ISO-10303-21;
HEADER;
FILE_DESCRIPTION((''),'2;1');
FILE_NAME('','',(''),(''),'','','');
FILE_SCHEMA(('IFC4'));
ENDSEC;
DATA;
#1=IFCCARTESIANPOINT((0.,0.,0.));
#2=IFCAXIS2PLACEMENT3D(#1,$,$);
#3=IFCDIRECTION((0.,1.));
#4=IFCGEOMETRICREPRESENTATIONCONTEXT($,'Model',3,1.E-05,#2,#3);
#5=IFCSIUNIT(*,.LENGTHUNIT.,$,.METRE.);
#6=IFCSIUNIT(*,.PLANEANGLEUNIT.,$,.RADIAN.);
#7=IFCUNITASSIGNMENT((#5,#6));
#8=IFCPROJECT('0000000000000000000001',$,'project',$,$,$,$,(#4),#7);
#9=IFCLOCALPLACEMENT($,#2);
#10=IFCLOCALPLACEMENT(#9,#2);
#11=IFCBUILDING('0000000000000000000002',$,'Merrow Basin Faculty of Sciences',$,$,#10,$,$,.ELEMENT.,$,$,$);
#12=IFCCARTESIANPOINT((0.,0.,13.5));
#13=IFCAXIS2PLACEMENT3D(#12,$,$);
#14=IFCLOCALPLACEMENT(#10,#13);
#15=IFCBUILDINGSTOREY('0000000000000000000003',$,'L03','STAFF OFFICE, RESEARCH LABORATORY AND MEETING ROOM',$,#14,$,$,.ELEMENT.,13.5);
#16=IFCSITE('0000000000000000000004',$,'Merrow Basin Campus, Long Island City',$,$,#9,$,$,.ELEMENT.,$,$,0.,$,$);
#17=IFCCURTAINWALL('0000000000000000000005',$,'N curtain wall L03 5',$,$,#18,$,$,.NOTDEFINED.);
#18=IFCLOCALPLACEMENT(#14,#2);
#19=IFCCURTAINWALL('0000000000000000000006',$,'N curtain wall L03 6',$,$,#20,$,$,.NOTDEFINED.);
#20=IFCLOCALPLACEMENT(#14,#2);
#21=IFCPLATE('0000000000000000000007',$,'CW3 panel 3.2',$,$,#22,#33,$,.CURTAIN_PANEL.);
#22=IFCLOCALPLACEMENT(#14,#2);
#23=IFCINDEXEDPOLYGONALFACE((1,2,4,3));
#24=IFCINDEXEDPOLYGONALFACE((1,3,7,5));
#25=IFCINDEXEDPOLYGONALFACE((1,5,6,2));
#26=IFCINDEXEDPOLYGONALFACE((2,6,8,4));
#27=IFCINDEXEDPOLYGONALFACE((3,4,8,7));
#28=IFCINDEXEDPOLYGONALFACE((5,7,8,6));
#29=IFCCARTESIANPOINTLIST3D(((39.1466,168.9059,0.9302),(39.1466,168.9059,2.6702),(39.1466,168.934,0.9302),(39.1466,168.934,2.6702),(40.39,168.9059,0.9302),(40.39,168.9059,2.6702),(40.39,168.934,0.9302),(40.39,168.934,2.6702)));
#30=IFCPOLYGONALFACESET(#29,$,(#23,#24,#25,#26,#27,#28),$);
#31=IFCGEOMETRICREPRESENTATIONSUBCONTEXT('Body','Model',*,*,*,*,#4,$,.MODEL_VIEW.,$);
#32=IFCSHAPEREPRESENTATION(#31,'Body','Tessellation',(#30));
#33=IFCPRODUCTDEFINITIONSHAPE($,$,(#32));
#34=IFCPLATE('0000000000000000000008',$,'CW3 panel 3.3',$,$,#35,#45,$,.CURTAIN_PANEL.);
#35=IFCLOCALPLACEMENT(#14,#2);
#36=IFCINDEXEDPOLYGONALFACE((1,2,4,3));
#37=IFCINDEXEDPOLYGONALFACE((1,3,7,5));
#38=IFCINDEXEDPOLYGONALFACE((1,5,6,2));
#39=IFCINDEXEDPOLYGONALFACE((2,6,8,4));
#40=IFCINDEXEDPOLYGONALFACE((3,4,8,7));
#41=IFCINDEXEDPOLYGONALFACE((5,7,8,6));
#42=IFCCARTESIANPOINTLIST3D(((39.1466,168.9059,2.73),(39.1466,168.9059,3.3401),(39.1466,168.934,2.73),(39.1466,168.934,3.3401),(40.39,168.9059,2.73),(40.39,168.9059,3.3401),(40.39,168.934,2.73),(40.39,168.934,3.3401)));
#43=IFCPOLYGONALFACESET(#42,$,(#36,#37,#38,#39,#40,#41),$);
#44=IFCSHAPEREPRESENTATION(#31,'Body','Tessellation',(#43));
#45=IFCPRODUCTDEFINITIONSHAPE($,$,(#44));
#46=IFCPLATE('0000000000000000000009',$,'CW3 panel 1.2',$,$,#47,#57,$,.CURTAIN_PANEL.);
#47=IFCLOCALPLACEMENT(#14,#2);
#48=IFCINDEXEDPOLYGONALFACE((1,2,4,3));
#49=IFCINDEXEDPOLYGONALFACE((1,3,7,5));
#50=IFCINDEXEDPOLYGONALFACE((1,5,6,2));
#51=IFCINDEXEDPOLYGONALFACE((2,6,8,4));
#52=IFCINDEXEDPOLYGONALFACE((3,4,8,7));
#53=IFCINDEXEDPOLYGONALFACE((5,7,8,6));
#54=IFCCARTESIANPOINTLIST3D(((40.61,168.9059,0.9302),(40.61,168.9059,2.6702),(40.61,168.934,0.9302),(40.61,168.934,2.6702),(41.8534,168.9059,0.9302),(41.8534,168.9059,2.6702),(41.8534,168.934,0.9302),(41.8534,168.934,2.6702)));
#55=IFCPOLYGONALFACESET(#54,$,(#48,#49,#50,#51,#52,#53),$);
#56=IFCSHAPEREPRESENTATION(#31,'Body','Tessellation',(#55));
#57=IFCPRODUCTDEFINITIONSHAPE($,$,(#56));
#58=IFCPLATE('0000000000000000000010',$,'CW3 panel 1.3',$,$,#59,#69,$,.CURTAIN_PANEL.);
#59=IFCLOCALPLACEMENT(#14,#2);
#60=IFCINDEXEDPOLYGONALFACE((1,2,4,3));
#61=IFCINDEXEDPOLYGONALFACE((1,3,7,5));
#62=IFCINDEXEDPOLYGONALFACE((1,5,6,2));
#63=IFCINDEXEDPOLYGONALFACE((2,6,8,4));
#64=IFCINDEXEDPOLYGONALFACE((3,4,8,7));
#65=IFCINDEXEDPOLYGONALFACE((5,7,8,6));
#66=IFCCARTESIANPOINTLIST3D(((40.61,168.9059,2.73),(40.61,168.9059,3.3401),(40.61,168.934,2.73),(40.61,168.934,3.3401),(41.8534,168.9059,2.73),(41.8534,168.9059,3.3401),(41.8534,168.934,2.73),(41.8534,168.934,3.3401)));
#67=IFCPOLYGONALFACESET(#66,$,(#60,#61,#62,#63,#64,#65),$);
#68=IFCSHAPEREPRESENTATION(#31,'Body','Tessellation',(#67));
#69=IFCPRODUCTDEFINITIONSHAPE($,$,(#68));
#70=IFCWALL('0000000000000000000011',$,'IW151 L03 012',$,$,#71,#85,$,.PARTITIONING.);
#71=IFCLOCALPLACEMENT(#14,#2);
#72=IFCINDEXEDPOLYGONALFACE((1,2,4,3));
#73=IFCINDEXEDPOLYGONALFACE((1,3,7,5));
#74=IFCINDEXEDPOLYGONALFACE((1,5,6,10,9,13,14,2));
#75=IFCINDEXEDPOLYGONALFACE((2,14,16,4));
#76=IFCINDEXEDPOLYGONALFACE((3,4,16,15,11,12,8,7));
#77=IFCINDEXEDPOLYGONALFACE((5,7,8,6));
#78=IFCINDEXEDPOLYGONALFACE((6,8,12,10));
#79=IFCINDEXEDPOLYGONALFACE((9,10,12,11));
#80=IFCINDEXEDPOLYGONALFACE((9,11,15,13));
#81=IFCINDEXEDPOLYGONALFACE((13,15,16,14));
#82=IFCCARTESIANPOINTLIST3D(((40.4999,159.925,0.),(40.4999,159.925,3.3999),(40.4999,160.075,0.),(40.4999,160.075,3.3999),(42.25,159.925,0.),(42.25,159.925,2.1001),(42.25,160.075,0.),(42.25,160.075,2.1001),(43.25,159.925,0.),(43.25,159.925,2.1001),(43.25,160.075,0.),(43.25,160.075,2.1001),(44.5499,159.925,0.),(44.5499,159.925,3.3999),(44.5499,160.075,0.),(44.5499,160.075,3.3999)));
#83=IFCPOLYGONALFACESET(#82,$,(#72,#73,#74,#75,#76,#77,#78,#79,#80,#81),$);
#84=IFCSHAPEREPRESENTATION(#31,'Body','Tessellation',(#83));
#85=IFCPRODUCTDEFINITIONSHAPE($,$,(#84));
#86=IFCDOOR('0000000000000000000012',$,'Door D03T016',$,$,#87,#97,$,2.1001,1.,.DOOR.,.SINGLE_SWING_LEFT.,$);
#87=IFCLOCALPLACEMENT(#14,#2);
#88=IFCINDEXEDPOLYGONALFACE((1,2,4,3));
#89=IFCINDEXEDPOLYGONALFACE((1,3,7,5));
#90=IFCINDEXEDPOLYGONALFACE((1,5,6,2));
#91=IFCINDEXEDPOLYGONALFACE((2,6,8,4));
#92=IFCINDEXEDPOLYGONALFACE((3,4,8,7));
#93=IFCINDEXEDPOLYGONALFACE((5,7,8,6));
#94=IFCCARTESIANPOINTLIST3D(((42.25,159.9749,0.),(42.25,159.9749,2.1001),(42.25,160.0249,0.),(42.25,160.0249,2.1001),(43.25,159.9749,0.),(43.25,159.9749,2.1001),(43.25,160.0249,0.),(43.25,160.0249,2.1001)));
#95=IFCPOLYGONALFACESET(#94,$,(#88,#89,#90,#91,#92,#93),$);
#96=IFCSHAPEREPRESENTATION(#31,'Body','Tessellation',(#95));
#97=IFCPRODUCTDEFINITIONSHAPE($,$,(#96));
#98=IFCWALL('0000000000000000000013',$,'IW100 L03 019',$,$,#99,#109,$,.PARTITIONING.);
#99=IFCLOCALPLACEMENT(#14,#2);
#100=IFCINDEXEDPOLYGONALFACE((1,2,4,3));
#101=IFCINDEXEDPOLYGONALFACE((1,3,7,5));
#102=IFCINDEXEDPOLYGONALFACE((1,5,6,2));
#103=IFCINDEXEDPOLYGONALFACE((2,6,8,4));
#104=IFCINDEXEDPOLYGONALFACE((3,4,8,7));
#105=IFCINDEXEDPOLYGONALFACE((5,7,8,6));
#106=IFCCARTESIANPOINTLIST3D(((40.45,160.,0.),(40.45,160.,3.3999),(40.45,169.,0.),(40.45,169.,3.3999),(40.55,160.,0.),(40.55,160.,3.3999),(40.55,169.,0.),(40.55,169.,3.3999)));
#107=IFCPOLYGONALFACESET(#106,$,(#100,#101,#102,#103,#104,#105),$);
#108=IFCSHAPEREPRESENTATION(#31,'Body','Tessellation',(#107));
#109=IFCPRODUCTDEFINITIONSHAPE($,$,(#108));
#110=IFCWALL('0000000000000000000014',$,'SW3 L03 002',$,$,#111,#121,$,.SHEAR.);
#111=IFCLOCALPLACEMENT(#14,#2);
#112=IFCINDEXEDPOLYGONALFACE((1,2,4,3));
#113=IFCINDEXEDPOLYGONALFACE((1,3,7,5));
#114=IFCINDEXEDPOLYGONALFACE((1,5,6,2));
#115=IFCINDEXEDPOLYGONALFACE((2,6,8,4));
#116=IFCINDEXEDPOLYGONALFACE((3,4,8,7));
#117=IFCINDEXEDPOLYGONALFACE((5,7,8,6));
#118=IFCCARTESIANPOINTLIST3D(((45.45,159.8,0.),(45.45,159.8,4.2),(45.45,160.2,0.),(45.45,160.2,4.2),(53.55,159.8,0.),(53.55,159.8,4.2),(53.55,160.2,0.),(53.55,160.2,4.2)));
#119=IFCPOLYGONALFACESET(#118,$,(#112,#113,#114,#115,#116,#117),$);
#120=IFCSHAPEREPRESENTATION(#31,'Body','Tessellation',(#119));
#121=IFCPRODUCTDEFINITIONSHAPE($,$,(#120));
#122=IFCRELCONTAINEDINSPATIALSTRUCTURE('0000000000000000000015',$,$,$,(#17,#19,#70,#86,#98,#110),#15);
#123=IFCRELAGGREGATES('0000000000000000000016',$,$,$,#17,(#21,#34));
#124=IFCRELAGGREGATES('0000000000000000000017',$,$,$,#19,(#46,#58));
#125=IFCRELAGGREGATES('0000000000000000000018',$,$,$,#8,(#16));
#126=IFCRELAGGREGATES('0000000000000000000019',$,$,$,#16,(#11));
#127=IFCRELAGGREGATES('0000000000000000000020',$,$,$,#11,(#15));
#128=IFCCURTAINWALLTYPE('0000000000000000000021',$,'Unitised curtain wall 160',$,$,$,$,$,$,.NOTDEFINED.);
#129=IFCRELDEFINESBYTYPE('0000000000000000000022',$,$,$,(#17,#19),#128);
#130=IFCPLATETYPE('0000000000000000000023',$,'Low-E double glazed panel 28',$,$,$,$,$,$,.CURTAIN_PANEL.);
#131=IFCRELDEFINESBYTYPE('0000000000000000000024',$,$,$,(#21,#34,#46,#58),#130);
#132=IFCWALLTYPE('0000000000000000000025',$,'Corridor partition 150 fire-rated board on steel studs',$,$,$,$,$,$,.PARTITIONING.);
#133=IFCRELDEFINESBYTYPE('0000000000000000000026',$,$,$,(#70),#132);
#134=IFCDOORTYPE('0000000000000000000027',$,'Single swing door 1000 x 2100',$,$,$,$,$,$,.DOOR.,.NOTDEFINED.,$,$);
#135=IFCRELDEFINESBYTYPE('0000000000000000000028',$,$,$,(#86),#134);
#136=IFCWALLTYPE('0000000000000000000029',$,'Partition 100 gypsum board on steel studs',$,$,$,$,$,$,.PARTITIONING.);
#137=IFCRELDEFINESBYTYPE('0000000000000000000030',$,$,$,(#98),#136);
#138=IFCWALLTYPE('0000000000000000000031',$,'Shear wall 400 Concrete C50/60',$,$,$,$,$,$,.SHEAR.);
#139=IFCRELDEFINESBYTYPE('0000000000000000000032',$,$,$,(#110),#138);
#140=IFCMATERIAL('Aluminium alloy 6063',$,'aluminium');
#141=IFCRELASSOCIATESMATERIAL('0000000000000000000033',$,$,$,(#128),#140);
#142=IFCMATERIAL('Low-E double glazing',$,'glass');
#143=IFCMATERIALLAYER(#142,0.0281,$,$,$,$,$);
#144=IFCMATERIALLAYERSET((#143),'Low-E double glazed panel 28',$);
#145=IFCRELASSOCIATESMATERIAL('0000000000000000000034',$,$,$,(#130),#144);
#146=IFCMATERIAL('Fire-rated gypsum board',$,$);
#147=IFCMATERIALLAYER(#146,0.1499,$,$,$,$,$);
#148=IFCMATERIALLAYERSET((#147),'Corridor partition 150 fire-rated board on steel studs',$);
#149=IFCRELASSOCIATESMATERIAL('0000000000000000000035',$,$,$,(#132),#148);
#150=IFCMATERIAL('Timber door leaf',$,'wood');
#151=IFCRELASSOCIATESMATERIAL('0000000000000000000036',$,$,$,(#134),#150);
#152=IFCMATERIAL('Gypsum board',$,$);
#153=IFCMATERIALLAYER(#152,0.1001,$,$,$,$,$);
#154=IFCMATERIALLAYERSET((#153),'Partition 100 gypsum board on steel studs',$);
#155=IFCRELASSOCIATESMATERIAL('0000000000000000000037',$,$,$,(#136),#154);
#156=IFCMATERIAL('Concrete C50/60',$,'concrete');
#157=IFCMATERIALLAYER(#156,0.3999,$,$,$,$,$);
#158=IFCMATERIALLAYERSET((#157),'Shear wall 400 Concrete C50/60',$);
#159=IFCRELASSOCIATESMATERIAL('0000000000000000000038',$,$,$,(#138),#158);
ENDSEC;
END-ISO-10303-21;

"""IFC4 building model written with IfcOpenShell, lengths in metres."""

from ifc_helpers import new_model, si_unit, direction, frame, frame_2d, origin, origin_2d, place, context, subcontext, project, spatial, rectangle, extrude, material, layer, layer_set, type_object, element, fill, aggregate, save


model = new_model("IFC4")

# Units and contexts
model_context = context("Model", 3, precision=1e-05, world=origin(), true_north=direction((0.0, 1.0)))
body_context = subcontext(model_context, "Body", "Model", "MODEL_VIEW")
ifc_project = project(units=[si_unit("LENGTHUNIT", "METRE"), si_unit("PLANEANGLEUNIT", "RADIAN")], contexts=[model_context])

# Site, building, storey
site_placement = place(None, origin())
site = spatial("IfcSite", under=ifc_project, at=site_placement, Name="Merrow Basin Campus, Long Island City", CompositionType="ELEMENT", RefElevation=0.0)
building_placement = place(site_placement, origin())
building = spatial("IfcBuilding", under=site, at=building_placement, Name="Merrow Basin Faculty of Sciences", CompositionType="ELEMENT")
storey_placement = place(building_placement, frame((0.0, 0.0, 13.5)))
storey = spatial("IfcBuildingStorey", under=building, at=storey_placement, Name="L03", Description="STAFF OFFICE, RESEARCH LABORATORY AND MEETING ROOM", CompositionType="ELEMENT", Elevation=13.5)

# Curtain walls
ifc_material_1 = material(Name="Aluminium alloy 6063", Category="aluminium")
curtain_wall_type = type_object("IfcCurtainWallType", Name="Unitised curtain wall 160", PredefinedType="NOTDEFINED", material=ifc_material_1)
curtain_wall_1_placement = place(storey_placement, origin())
curtain_wall_1 = element("IfcCurtainWall", 1, at=curtain_wall_1_placement, inside=storey, type_object=curtain_wall_type, Name="N curtain wall L03 5", PredefinedType="NOTDEFINED")
curtain_wall_2_placement = place(storey_placement, origin())
curtain_wall_2 = element("IfcCurtainWall", 2, at=curtain_wall_2_placement, inside=storey, type_object=curtain_wall_type, Name="N curtain wall L03 6", PredefinedType="NOTDEFINED")

# Plates
ifc_material_2 = material(Name="Low-E double glazing", Category="glass")
ifc_layer_1 = layer(ifc_material_2, 0.0281)
ifc_layer_set_1 = layer_set([ifc_layer_1], Name="Low-E double glazed panel 28")
plate_type_1 = type_object("IfcPlateType", Name="Low-E double glazed panel 28", PredefinedType="CURTAIN_PANEL", material=ifc_layer_set_1)
plate_1_placement = place(storey_placement, frame((39.7683, 168.9199, 0.9302), z_axis=(0.0, 0.0, 1.0), x_axis=(1.0, 0.0, 0.0)))
plate_1 = element("IfcPlate", 3, at=plate_1_placement, type_object=plate_type_1, Name="CW3 panel 3.2", PredefinedType="CURTAIN_PANEL", context=body_context, shape_type="SweptSolid", body=[
    extrude(rectangle(XDim=1.2434, YDim=0.0281, at=origin_2d()), origin(), (0.0, 0.0, 1.0), 1.74),
])
plate_2_placement = place(storey_placement, frame((39.7683, 168.9199, 2.73), z_axis=(0.0, 0.0, 1.0), x_axis=(1.0, 0.0, 0.0)))
plate_2 = element("IfcPlate", 4, at=plate_2_placement, type_object=plate_type_1, Name="CW3 panel 3.3", PredefinedType="CURTAIN_PANEL", context=body_context, shape_type="SweptSolid", body=[
    extrude(rectangle(XDim=1.2434, YDim=0.0281, at=origin_2d()), origin(), (0.0, 0.0, 1.0), 0.6101),
])
aggregate(curtain_wall_1, [plate_1, plate_2])
plate_3_placement = place(storey_placement, frame((41.2317, 168.9199, 0.9302), z_axis=(0.0, 0.0, 1.0), x_axis=(1.0, 0.0, 0.0)))
plate_3 = element("IfcPlate", 5, at=plate_3_placement, type_object=plate_type_1, Name="CW3 panel 1.2", PredefinedType="CURTAIN_PANEL", context=body_context, shape_type="SweptSolid", body=[
    extrude(rectangle(XDim=1.2434, YDim=0.0281, at=origin_2d()), origin(), (0.0, 0.0, 1.0), 1.74),
])
plate_4_placement = place(storey_placement, frame((41.2317, 168.9199, 2.73), z_axis=(0.0, 0.0, 1.0), x_axis=(1.0, 0.0, 0.0)))
plate_4 = element("IfcPlate", 6, at=plate_4_placement, type_object=plate_type_1, Name="CW3 panel 1.3", PredefinedType="CURTAIN_PANEL", context=body_context, shape_type="SweptSolid", body=[
    extrude(rectangle(XDim=1.2434, YDim=0.0281, at=origin_2d()), origin(), (0.0, 0.0, 1.0), 0.6101),
])
aggregate(curtain_wall_2, [plate_3, plate_4])

# Wall, opening, door
ifc_material_3 = material(Name="Fire-rated gypsum board")
ifc_layer_2 = layer(ifc_material_3, 0.1499)
ifc_layer_set_2 = layer_set([ifc_layer_2], Name="Corridor partition 150 fire-rated board on steel studs")
wall_type_1 = type_object("IfcWallType", Name="Corridor partition 150 fire-rated board on steel studs", PredefinedType="PARTITIONING", material=ifc_layer_set_2)
wall_1_placement = place(storey_placement, frame((40.5, 160.0, 0.0), z_axis=(0.0, 0.0, 1.0), x_axis=(1.0, 0.0, 0.0)))
wall_1 = element("IfcWall", 7, at=wall_1_placement, inside=storey, type_object=wall_type_1, Name="IW151 L03 012", PredefinedType="PARTITIONING", context=body_context, shape_type="SweptSolid", body=[
    extrude(rectangle(XDim=4.05, YDim=0.1499, at=frame_2d((2.0249, 0.0))), origin(), (0.0, 0.0, 1.0), 3.3999),
])
opening_placement = place(wall_1_placement, frame((1.75, 0.0, 0.0)))
opening = element("IfcOpeningElement", 8, at=opening_placement, cuts=wall_1, PredefinedType="OPENING", context=body_context, shape_type="SweptSolid", body=[
    extrude(rectangle(XDim=1.0, YDim=2.1001, at=frame_2d((0.5, 1.05))), frame((0.0, 0.085, 0.0), z_axis=(0.0, -1.0, 0.0), x_axis=(1.0, 0.0, 0.0)), (0.0, 0.0, 1.0), 0.1699),
])
ifc_material_4 = material(Name="Timber door leaf", Category="wood")
door_type = type_object("IfcDoorType", Name="Single swing door 1000 x 2100", OperationType="NOTDEFINED", PredefinedType="DOOR", material=ifc_material_4)
door_placement = place(opening_placement, origin())
door = element("IfcDoor", 9, at=door_placement, inside=storey, type_object=door_type, Name="Door D03T016", OperationType="SINGLE_SWING_LEFT", OverallHeight=2.1001, OverallWidth=1.0, PredefinedType="DOOR", context=body_context, shape_type="SweptSolid", body=[
    extrude(rectangle(XDim=1.0, YDim=2.1001, at=frame_2d((0.5, 1.05))), frame((0.0, 0.0249, 0.0), z_axis=(0.0, -1.0, 0.0), x_axis=(1.0, 0.0, 0.0)), (0.0, 0.0, 1.0), 0.05),
])
fill(opening, door)

# Walls
ifc_material_5 = material(Name="Gypsum board")
ifc_layer_3 = layer(ifc_material_5, 0.1001)
ifc_layer_set_3 = layer_set([ifc_layer_3], Name="Partition 100 gypsum board on steel studs")
wall_type_2 = type_object("IfcWallType", Name="Partition 100 gypsum board on steel studs", PredefinedType="PARTITIONING", material=ifc_layer_set_3)
wall_2_placement = place(storey_placement, frame((40.5, 160.0, 0.0), z_axis=(0.0, 0.0, 1.0), x_axis=(0.0, 1.0, 0.0)))
element("IfcWall", 10, at=wall_2_placement, inside=storey, type_object=wall_type_2, Name="IW100 L03 019", PredefinedType="PARTITIONING", context=body_context, shape_type="SweptSolid", body=[
    extrude(rectangle(XDim=9.0, YDim=0.1001, at=frame_2d((4.5, 0.0))), origin(), (0.0, 0.0, 1.0), 3.3999),
])
ifc_material_6 = material(Name="Concrete C50/60", Category="concrete")
ifc_layer_4 = layer(ifc_material_6, 0.3999)
ifc_layer_set_4 = layer_set([ifc_layer_4], Name="Shear wall 400 Concrete C50/60")
wall_type_3 = type_object("IfcWallType", Name="Shear wall 400 Concrete C50/60", PredefinedType="SHEAR", material=ifc_layer_set_4)
wall_3_placement = place(storey_placement, frame((45.45, 160.0, 0.0), z_axis=(0.0, 0.0, 1.0), x_axis=(1.0, 0.0, 0.0)))
element("IfcWall", 11, at=wall_3_placement, inside=storey, type_object=wall_type_3, Name="SW3 L03 002", PredefinedType="SHEAR", context=body_context, shape_type="SweptSolid", body=[
    extrude(rectangle(XDim=8.1001, YDim=0.3999, at=frame_2d((4.05, 0.0))), origin(), (0.0, 0.0, 1.0), 4.2),
])

save(model, "model.ifc")
